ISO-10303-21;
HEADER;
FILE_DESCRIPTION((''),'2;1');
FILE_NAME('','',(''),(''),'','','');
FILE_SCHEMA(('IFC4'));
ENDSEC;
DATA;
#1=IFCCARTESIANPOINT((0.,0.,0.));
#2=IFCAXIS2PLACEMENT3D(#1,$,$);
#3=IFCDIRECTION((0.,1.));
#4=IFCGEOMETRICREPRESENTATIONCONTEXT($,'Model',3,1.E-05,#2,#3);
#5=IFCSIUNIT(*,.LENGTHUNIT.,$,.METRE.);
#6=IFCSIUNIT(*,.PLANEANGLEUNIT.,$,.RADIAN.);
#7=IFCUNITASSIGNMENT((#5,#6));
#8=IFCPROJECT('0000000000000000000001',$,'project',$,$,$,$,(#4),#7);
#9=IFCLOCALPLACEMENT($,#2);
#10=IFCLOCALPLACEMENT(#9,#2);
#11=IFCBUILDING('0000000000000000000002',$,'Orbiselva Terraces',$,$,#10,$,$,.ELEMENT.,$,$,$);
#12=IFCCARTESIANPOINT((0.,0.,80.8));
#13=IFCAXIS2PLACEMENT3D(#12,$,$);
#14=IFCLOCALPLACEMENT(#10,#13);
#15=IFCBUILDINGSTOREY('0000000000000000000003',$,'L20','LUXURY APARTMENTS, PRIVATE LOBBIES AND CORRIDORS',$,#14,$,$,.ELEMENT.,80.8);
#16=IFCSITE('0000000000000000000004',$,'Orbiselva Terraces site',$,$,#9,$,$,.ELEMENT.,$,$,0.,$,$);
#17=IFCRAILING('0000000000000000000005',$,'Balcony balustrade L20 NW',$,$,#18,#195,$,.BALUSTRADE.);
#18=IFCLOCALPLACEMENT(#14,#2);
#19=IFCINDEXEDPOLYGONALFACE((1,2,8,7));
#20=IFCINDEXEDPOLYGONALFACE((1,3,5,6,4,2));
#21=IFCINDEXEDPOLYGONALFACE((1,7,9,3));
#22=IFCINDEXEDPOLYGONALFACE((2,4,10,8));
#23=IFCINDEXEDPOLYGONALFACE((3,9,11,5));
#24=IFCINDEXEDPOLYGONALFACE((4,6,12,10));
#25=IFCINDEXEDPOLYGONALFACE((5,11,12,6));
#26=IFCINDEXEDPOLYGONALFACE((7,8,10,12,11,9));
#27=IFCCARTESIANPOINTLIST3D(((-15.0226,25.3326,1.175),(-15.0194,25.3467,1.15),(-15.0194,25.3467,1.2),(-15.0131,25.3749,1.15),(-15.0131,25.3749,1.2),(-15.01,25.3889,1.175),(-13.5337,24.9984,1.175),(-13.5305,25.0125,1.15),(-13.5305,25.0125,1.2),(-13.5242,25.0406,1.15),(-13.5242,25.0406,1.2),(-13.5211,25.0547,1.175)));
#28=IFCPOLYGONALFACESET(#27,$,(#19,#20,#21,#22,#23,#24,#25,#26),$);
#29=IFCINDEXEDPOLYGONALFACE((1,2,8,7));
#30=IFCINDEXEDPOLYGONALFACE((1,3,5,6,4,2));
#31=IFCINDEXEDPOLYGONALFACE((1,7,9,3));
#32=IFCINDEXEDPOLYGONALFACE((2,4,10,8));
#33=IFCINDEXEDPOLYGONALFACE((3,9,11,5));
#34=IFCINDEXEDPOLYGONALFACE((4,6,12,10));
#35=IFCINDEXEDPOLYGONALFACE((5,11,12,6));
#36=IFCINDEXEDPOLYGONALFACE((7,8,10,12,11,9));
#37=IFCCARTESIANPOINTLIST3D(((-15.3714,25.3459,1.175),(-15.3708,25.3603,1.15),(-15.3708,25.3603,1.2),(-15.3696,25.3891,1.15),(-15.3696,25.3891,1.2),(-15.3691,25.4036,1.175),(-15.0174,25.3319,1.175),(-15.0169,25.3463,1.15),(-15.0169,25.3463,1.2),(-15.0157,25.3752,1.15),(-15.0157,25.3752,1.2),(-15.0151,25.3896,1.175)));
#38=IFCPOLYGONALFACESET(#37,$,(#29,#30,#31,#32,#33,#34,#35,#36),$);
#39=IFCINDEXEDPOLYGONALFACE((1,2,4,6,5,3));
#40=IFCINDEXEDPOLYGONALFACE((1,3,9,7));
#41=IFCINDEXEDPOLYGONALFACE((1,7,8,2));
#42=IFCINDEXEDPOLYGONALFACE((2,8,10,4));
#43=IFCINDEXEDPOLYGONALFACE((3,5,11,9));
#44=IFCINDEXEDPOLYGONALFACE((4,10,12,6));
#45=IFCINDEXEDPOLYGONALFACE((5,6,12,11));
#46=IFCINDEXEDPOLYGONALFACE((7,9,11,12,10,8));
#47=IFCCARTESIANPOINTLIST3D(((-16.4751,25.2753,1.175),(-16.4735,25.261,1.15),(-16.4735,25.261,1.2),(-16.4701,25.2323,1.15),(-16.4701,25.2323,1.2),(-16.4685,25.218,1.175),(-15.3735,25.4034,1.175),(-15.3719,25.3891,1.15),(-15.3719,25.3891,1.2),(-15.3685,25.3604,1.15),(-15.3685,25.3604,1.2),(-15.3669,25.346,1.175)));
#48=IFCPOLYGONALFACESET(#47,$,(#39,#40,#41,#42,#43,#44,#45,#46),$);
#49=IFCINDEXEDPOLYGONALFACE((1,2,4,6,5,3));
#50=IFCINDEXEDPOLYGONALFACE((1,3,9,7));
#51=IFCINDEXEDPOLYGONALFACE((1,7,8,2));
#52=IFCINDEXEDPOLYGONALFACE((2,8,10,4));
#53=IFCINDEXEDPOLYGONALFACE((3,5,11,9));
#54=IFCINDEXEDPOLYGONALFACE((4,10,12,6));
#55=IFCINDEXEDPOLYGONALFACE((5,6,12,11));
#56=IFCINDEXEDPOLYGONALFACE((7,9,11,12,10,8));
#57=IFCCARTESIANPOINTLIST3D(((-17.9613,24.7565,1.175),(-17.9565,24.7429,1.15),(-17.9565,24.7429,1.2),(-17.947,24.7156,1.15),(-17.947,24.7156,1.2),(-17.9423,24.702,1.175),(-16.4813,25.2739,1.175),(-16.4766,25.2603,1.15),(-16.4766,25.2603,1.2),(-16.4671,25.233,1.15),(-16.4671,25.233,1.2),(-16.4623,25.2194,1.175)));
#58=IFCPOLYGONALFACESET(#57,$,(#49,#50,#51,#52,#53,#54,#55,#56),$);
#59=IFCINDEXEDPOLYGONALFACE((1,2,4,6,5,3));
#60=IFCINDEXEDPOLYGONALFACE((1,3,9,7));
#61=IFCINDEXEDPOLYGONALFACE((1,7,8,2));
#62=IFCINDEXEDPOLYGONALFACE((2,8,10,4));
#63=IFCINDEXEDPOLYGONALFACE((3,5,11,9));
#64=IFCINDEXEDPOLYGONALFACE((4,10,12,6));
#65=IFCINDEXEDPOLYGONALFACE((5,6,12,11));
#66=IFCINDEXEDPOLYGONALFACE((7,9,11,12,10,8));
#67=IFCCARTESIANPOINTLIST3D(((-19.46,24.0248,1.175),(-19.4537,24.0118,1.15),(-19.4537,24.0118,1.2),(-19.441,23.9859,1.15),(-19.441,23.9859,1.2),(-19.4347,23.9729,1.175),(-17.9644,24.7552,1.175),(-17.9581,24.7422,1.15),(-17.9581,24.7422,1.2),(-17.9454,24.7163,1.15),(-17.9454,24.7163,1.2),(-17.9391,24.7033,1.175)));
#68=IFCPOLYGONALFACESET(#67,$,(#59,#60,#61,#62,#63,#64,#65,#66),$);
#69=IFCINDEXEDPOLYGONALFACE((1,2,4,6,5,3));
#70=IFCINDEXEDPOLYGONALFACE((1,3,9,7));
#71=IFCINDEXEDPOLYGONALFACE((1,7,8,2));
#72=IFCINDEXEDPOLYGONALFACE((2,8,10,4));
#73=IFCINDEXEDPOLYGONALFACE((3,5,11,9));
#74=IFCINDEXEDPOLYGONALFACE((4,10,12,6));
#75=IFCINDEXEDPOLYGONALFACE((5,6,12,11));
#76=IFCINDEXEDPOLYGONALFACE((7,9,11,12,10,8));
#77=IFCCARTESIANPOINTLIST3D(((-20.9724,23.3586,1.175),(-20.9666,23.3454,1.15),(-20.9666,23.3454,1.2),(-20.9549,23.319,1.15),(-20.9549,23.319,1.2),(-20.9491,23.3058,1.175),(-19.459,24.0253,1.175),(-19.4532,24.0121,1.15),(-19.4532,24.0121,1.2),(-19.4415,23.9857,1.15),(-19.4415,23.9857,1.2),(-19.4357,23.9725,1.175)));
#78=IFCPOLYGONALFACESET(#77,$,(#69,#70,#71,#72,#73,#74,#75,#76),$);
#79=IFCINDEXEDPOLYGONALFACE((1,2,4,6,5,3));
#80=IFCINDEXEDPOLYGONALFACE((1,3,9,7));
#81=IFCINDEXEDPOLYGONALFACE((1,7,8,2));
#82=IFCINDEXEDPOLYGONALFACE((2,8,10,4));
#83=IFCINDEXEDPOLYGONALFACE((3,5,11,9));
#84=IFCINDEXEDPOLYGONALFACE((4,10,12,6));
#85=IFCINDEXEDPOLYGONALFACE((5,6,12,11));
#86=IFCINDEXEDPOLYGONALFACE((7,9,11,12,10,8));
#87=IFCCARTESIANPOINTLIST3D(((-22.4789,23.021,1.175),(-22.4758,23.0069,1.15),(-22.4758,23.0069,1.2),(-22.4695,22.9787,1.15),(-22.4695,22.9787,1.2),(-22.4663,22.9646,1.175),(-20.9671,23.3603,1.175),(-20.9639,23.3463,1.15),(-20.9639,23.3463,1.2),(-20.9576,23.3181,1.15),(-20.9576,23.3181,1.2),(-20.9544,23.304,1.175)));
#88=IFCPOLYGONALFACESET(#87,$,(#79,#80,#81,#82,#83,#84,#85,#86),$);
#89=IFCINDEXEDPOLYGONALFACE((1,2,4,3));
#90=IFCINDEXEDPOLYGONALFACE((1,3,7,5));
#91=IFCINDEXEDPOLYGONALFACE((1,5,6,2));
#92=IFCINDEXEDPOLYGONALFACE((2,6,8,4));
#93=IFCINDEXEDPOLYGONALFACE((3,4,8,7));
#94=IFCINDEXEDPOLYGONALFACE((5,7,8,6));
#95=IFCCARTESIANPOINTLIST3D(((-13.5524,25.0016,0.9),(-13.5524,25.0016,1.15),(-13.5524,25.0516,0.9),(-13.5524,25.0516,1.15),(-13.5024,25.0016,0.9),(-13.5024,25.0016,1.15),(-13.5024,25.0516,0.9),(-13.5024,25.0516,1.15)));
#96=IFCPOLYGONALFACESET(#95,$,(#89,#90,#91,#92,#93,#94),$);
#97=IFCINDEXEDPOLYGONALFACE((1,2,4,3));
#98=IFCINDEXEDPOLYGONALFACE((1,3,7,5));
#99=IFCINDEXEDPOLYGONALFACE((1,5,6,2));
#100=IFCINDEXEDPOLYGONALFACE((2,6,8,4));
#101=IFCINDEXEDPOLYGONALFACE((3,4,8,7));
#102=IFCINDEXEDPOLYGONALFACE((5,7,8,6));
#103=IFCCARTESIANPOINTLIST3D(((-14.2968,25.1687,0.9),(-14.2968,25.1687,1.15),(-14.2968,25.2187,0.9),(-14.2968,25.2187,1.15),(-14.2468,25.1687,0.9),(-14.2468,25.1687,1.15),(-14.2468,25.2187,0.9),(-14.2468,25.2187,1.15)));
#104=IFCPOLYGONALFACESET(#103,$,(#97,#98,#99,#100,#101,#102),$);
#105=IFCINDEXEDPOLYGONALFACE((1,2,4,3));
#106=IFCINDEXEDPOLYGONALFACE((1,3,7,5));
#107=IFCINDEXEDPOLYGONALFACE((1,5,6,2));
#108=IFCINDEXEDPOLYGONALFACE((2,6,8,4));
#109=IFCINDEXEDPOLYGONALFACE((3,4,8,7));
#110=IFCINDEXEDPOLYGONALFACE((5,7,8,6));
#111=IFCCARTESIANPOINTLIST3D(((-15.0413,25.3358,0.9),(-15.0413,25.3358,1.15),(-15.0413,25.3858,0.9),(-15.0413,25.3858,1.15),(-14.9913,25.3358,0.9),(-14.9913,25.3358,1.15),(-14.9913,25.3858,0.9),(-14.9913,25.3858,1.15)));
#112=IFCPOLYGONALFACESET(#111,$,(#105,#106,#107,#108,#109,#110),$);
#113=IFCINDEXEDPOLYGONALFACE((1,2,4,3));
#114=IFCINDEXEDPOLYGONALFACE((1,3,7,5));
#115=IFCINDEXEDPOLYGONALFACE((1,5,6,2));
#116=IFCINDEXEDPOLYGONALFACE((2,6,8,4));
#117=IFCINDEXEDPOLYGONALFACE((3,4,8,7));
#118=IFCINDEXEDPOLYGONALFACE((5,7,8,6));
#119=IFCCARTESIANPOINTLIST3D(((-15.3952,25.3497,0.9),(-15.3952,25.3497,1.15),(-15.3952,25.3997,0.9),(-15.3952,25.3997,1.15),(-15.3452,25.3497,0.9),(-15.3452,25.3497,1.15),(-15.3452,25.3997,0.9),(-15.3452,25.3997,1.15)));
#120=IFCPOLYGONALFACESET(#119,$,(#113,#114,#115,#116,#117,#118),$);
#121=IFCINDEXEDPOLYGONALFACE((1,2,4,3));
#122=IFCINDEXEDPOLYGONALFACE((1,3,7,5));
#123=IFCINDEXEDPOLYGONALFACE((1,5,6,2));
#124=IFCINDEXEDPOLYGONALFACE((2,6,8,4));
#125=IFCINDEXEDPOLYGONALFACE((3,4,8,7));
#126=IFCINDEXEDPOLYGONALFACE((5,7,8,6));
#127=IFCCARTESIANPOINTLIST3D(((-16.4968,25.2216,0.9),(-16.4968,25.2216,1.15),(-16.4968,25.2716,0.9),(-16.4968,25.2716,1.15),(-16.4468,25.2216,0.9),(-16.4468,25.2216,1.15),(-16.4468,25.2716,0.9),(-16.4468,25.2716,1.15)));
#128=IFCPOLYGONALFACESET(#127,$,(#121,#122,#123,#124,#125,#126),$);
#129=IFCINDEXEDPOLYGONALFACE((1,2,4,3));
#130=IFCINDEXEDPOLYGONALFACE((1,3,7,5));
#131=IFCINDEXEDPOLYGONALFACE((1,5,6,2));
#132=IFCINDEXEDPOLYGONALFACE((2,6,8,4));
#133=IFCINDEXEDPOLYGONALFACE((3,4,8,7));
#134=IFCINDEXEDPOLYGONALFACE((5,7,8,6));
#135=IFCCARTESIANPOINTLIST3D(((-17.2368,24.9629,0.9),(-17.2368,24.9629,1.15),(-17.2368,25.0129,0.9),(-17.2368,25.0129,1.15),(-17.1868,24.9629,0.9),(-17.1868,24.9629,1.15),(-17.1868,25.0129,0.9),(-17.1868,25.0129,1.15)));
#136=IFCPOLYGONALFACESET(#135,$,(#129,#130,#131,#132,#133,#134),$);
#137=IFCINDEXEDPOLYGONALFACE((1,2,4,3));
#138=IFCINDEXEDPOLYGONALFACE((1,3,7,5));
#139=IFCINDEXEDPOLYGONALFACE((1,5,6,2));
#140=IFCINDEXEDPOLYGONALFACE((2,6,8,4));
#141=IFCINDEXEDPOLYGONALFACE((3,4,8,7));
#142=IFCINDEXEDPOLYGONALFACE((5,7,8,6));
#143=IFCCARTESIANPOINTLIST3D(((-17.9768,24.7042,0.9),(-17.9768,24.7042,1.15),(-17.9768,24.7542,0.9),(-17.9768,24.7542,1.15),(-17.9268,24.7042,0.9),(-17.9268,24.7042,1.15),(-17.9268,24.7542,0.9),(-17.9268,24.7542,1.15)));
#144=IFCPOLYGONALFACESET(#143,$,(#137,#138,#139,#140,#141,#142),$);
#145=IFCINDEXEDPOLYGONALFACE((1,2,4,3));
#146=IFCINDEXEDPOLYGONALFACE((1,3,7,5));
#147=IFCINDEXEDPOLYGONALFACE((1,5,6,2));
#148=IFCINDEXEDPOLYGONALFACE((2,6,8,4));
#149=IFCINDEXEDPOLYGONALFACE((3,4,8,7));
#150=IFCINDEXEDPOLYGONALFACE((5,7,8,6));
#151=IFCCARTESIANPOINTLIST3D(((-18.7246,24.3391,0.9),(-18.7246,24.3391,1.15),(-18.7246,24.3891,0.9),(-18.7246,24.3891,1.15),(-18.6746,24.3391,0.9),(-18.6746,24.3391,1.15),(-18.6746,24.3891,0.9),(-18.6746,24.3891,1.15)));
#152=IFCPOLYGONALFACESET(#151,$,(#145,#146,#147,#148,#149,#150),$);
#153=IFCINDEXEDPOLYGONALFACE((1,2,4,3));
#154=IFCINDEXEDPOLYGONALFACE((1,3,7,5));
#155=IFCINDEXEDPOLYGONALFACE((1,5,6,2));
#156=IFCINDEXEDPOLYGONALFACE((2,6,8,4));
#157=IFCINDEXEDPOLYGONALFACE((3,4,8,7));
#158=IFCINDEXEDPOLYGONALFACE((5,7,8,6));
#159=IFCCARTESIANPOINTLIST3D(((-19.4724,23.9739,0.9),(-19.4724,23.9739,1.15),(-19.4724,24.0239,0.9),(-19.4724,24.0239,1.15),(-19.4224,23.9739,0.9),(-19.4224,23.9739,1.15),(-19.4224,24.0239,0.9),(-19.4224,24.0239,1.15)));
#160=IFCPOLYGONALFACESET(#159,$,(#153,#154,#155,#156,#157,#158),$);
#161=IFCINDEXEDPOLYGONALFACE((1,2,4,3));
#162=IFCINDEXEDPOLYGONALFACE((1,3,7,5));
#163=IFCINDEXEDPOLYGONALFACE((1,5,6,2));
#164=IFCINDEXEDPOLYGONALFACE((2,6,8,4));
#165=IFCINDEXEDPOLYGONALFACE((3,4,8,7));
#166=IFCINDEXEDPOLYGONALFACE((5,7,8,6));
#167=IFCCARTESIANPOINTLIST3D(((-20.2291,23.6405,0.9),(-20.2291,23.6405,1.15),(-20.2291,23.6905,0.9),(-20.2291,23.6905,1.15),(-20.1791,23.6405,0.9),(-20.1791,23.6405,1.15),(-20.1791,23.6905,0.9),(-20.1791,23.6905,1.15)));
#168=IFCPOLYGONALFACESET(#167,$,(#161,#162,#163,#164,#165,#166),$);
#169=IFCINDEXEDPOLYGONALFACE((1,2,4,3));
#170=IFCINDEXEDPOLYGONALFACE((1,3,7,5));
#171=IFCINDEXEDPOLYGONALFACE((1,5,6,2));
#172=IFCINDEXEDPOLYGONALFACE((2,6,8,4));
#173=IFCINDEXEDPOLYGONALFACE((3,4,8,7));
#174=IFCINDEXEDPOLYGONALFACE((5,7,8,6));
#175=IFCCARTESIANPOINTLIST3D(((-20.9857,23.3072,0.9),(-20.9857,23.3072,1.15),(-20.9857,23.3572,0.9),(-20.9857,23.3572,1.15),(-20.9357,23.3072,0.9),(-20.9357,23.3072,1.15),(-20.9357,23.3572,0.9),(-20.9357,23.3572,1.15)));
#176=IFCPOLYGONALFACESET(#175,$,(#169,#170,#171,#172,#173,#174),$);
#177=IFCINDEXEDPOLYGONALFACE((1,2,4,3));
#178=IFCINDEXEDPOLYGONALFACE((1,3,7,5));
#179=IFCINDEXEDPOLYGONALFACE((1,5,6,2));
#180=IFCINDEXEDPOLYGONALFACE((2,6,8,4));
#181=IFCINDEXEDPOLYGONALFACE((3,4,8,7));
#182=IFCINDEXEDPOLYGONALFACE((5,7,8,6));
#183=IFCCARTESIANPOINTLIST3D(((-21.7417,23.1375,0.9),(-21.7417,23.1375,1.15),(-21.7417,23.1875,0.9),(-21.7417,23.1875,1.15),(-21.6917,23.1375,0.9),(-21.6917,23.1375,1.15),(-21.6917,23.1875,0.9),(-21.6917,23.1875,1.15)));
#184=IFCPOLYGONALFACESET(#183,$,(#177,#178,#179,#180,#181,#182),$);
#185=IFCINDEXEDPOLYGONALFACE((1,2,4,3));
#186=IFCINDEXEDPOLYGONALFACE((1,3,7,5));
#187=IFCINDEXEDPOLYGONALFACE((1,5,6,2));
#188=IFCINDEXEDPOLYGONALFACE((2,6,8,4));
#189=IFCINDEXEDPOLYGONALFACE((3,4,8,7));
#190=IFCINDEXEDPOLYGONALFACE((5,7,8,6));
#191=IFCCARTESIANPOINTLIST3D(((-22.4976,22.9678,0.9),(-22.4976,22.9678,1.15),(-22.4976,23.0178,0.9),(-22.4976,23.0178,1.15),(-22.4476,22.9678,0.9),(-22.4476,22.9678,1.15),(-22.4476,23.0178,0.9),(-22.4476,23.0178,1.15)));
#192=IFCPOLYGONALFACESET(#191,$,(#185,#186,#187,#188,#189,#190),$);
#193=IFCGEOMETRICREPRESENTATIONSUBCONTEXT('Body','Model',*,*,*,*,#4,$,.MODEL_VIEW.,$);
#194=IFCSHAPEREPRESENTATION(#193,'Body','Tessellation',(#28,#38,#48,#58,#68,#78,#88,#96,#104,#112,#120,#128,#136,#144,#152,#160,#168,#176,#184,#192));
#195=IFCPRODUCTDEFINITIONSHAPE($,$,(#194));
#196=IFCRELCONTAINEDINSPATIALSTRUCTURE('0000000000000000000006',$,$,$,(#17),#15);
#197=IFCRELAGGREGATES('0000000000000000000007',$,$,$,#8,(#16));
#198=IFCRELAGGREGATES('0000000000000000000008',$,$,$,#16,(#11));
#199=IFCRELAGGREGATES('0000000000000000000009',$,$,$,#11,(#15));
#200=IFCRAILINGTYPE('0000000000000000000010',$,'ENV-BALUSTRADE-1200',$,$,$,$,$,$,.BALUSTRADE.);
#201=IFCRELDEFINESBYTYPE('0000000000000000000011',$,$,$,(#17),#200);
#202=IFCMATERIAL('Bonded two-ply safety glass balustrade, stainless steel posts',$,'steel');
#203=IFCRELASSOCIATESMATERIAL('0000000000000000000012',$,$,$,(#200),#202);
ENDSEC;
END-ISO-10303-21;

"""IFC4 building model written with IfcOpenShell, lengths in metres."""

from ifc_helpers import new_model, si_unit, direction, frame, origin, origin_2d, place, context, subcontext, project, spatial, polyline, rectangle, outline, extrude, material, type_object, element, save


model = new_model("IFC4")

# Units and contexts
model_context = context("Model", 3, precision=1e-05, world=origin(), true_north=direction((0.0, 1.0)))
body_context = subcontext(model_context, "Body", "Model", "MODEL_VIEW")
ifc_project = project(units=[si_unit("LENGTHUNIT", "METRE"), si_unit("PLANEANGLEUNIT", "RADIAN")], contexts=[model_context])

# Site, building, storey
site_placement = place(None, origin())
site = spatial("IfcSite", under=ifc_project, at=site_placement, Name="Orbiselva Terraces site", CompositionType="ELEMENT", RefElevation=0.0)
building_placement = place(site_placement, origin())
building = spatial("IfcBuilding", under=site, at=building_placement, Name="Orbiselva Terraces", CompositionType="ELEMENT")
storey_placement = place(building_placement, frame((0.0, 0.0, 80.8)))
storey = spatial("IfcBuildingStorey", under=building, at=storey_placement, Name="L20", Description="LUXURY APARTMENTS, PRIVATE LOBBIES AND CORRIDORS", CompositionType="ELEMENT", Elevation=80.8)

# Railing
ifc_material_1 = material(Name="Bonded two-ply safety glass balustrade, stainless steel posts", Category="steel")
railing_type_1 = type_object("IfcRailingType", Name="ENV-BALUSTRADE-1200", PredefinedType="BALUSTRADE", material=ifc_material_1)
railing_1_placement = place(storey_placement, frame((-13.5274, 25.0266, 0.9)))
element("IfcRailing", 1, at=railing_1_placement, inside=storey, type_object=railing_type_1, Name="Balcony balustrade L20 NW", PredefinedType="BALUSTRADE", context=body_context, shape_type="SweptSolid", body=[
    extrude(outline(polyline([(0.0289, 0.0), (0.0144, 0.025), (-0.0144, 0.025), (-0.0289, 0.0), (-0.0144, -0.025), (0.0144, -0.025), (0.0289, 0.0)])), frame((0.0, 0.0, 0.275), z_axis=(-0.975721, 0.219016, 0.0), x_axis=(-0.219016, -0.975721, 0.0)), (0.0, 0.0, 1.0), 1.526),
    extrude(outline(polyline([(0.0289, 0.0), (0.0144, 0.025), (-0.0144, 0.025), (-0.0289, 0.0), (-0.0144, -0.025), (0.0144, -0.025), (0.0289, 0.0)])), frame((-1.4889, 0.3342, 0.275), z_axis=(-0.999225, 0.039364, 0.0), x_axis=(-0.039364, -0.999225, 0.0)), (0.0, 0.0, 1.0), 0.3542),
    extrude(outline(polyline([(0.0289, 0.0), (0.0144, 0.025), (-0.0144, 0.025), (-0.0289, 0.0), (-0.0144, -0.025), (0.0144, -0.025), (0.0289, 0.0)])), frame((-1.8428, 0.3482, 0.275), z_axis=(-0.99331, -0.115481, 0.0), x_axis=(0.115481, -0.99331, 0.0)), (0.0, 0.0, 1.0), 1.109),
    extrude(outline(polyline([(0.0289, 0.0), (0.0144, 0.025), (-0.0144, 0.025), (-0.0289, 0.0), (-0.0144, -0.025), (0.0144, -0.025), (0.0289, 0.0)])), frame((-2.9444, 0.2201, 0.275), z_axis=(-0.943972, -0.330025, 0.0), x_axis=(0.330025, -0.943972, 0.0)), (0.0, 0.0, 1.0), 1.5678),
    extrude(outline(polyline([(0.0289, 0.0), (0.0144, 0.025), (-0.0144, 0.025), (-0.0289, 0.0), (-0.0144, -0.025), (0.0144, -0.025), (0.0289, 0.0)])), frame((-4.4244, -0.2973, 0.275), z_axis=(-0.898579, -0.438812, 0.0), x_axis=(0.438812, -0.898579, 0.0)), (0.0, 0.0, 1.0), 1.6644),
    extrude(outline(polyline([(0.0289, 0.0), (0.0144, 0.025), (-0.0144, 0.025), (-0.0289, 0.0), (-0.0144, -0.025), (0.0144, -0.025), (0.0289, 0.0)])), frame((-5.92, -1.0277, 0.275), z_axis=(-0.915134, -0.403151, 0.0), x_axis=(0.403151, -0.915134, 0.0)), (0.0, 0.0, 1.0), 1.6537),
    extrude(outline(polyline([(0.0289, 0.0), (0.0144, 0.025), (-0.0144, 0.025), (-0.0289, 0.0), (-0.0144, -0.025), (0.0144, -0.025), (0.0289, 0.0)])), frame((-7.4334, -1.6944, 0.275), z_axis=(-0.975721, -0.219016, 0.0), x_axis=(0.219016, -0.975721, 0.0)), (0.0, 0.0, 1.0), 1.5495),
    extrude(rectangle(XDim=0.05, YDim=0.05, at=origin_2d()), origin(), (0.0, 0.0, 1.0), 0.25),
    extrude(rectangle(XDim=0.05, YDim=0.05, at=origin_2d()), frame((-0.7445, 0.1671, 0.0)), (0.0, 0.0, 1.0), 0.25),
    extrude(rectangle(XDim=0.05, YDim=0.05, at=origin_2d()), frame((-1.4889, 0.3342, 0.0)), (0.0, 0.0, 1.0), 0.25),
    extrude(rectangle(XDim=0.05, YDim=0.05, at=origin_2d()), frame((-1.8428, 0.3482, 0.0)), (0.0, 0.0, 1.0), 0.25),
    extrude(rectangle(XDim=0.05, YDim=0.05, at=origin_2d()), frame((-2.9444, 0.2201, 0.0)), (0.0, 0.0, 1.0), 0.25),
    extrude(rectangle(XDim=0.05, YDim=0.05, at=origin_2d()), frame((-3.6844, -0.0386, 0.0)), (0.0, 0.0, 1.0), 0.25),
    extrude(rectangle(XDim=0.05, YDim=0.05, at=origin_2d()), frame((-4.4244, -0.2973, 0.0)), (0.0, 0.0, 1.0), 0.25),
    extrude(rectangle(XDim=0.05, YDim=0.05, at=origin_2d()), frame((-5.1722, -0.6625, 0.0)), (0.0, 0.0, 1.0), 0.25),
    extrude(rectangle(XDim=0.05, YDim=0.05, at=origin_2d()), frame((-5.92, -1.0277, 0.0)), (0.0, 0.0, 1.0), 0.25),
    extrude(rectangle(XDim=0.05, YDim=0.05, at=origin_2d()), frame((-6.6767, -1.361, 0.0)), (0.0, 0.0, 1.0), 0.25),
    extrude(rectangle(XDim=0.05, YDim=0.05, at=origin_2d()), frame((-7.4334, -1.6944, 0.0)), (0.0, 0.0, 1.0), 0.25),
    extrude(rectangle(XDim=0.05, YDim=0.05, at=origin_2d()), frame((-8.1893, -1.8641, 0.0)), (0.0, 0.0, 1.0), 0.25),
    extrude(rectangle(XDim=0.05, YDim=0.05, at=origin_2d()), frame((-8.9452, -2.0338, 0.0)), (0.0, 0.0, 1.0), 0.25),
])

save(model, "model.ifc")
